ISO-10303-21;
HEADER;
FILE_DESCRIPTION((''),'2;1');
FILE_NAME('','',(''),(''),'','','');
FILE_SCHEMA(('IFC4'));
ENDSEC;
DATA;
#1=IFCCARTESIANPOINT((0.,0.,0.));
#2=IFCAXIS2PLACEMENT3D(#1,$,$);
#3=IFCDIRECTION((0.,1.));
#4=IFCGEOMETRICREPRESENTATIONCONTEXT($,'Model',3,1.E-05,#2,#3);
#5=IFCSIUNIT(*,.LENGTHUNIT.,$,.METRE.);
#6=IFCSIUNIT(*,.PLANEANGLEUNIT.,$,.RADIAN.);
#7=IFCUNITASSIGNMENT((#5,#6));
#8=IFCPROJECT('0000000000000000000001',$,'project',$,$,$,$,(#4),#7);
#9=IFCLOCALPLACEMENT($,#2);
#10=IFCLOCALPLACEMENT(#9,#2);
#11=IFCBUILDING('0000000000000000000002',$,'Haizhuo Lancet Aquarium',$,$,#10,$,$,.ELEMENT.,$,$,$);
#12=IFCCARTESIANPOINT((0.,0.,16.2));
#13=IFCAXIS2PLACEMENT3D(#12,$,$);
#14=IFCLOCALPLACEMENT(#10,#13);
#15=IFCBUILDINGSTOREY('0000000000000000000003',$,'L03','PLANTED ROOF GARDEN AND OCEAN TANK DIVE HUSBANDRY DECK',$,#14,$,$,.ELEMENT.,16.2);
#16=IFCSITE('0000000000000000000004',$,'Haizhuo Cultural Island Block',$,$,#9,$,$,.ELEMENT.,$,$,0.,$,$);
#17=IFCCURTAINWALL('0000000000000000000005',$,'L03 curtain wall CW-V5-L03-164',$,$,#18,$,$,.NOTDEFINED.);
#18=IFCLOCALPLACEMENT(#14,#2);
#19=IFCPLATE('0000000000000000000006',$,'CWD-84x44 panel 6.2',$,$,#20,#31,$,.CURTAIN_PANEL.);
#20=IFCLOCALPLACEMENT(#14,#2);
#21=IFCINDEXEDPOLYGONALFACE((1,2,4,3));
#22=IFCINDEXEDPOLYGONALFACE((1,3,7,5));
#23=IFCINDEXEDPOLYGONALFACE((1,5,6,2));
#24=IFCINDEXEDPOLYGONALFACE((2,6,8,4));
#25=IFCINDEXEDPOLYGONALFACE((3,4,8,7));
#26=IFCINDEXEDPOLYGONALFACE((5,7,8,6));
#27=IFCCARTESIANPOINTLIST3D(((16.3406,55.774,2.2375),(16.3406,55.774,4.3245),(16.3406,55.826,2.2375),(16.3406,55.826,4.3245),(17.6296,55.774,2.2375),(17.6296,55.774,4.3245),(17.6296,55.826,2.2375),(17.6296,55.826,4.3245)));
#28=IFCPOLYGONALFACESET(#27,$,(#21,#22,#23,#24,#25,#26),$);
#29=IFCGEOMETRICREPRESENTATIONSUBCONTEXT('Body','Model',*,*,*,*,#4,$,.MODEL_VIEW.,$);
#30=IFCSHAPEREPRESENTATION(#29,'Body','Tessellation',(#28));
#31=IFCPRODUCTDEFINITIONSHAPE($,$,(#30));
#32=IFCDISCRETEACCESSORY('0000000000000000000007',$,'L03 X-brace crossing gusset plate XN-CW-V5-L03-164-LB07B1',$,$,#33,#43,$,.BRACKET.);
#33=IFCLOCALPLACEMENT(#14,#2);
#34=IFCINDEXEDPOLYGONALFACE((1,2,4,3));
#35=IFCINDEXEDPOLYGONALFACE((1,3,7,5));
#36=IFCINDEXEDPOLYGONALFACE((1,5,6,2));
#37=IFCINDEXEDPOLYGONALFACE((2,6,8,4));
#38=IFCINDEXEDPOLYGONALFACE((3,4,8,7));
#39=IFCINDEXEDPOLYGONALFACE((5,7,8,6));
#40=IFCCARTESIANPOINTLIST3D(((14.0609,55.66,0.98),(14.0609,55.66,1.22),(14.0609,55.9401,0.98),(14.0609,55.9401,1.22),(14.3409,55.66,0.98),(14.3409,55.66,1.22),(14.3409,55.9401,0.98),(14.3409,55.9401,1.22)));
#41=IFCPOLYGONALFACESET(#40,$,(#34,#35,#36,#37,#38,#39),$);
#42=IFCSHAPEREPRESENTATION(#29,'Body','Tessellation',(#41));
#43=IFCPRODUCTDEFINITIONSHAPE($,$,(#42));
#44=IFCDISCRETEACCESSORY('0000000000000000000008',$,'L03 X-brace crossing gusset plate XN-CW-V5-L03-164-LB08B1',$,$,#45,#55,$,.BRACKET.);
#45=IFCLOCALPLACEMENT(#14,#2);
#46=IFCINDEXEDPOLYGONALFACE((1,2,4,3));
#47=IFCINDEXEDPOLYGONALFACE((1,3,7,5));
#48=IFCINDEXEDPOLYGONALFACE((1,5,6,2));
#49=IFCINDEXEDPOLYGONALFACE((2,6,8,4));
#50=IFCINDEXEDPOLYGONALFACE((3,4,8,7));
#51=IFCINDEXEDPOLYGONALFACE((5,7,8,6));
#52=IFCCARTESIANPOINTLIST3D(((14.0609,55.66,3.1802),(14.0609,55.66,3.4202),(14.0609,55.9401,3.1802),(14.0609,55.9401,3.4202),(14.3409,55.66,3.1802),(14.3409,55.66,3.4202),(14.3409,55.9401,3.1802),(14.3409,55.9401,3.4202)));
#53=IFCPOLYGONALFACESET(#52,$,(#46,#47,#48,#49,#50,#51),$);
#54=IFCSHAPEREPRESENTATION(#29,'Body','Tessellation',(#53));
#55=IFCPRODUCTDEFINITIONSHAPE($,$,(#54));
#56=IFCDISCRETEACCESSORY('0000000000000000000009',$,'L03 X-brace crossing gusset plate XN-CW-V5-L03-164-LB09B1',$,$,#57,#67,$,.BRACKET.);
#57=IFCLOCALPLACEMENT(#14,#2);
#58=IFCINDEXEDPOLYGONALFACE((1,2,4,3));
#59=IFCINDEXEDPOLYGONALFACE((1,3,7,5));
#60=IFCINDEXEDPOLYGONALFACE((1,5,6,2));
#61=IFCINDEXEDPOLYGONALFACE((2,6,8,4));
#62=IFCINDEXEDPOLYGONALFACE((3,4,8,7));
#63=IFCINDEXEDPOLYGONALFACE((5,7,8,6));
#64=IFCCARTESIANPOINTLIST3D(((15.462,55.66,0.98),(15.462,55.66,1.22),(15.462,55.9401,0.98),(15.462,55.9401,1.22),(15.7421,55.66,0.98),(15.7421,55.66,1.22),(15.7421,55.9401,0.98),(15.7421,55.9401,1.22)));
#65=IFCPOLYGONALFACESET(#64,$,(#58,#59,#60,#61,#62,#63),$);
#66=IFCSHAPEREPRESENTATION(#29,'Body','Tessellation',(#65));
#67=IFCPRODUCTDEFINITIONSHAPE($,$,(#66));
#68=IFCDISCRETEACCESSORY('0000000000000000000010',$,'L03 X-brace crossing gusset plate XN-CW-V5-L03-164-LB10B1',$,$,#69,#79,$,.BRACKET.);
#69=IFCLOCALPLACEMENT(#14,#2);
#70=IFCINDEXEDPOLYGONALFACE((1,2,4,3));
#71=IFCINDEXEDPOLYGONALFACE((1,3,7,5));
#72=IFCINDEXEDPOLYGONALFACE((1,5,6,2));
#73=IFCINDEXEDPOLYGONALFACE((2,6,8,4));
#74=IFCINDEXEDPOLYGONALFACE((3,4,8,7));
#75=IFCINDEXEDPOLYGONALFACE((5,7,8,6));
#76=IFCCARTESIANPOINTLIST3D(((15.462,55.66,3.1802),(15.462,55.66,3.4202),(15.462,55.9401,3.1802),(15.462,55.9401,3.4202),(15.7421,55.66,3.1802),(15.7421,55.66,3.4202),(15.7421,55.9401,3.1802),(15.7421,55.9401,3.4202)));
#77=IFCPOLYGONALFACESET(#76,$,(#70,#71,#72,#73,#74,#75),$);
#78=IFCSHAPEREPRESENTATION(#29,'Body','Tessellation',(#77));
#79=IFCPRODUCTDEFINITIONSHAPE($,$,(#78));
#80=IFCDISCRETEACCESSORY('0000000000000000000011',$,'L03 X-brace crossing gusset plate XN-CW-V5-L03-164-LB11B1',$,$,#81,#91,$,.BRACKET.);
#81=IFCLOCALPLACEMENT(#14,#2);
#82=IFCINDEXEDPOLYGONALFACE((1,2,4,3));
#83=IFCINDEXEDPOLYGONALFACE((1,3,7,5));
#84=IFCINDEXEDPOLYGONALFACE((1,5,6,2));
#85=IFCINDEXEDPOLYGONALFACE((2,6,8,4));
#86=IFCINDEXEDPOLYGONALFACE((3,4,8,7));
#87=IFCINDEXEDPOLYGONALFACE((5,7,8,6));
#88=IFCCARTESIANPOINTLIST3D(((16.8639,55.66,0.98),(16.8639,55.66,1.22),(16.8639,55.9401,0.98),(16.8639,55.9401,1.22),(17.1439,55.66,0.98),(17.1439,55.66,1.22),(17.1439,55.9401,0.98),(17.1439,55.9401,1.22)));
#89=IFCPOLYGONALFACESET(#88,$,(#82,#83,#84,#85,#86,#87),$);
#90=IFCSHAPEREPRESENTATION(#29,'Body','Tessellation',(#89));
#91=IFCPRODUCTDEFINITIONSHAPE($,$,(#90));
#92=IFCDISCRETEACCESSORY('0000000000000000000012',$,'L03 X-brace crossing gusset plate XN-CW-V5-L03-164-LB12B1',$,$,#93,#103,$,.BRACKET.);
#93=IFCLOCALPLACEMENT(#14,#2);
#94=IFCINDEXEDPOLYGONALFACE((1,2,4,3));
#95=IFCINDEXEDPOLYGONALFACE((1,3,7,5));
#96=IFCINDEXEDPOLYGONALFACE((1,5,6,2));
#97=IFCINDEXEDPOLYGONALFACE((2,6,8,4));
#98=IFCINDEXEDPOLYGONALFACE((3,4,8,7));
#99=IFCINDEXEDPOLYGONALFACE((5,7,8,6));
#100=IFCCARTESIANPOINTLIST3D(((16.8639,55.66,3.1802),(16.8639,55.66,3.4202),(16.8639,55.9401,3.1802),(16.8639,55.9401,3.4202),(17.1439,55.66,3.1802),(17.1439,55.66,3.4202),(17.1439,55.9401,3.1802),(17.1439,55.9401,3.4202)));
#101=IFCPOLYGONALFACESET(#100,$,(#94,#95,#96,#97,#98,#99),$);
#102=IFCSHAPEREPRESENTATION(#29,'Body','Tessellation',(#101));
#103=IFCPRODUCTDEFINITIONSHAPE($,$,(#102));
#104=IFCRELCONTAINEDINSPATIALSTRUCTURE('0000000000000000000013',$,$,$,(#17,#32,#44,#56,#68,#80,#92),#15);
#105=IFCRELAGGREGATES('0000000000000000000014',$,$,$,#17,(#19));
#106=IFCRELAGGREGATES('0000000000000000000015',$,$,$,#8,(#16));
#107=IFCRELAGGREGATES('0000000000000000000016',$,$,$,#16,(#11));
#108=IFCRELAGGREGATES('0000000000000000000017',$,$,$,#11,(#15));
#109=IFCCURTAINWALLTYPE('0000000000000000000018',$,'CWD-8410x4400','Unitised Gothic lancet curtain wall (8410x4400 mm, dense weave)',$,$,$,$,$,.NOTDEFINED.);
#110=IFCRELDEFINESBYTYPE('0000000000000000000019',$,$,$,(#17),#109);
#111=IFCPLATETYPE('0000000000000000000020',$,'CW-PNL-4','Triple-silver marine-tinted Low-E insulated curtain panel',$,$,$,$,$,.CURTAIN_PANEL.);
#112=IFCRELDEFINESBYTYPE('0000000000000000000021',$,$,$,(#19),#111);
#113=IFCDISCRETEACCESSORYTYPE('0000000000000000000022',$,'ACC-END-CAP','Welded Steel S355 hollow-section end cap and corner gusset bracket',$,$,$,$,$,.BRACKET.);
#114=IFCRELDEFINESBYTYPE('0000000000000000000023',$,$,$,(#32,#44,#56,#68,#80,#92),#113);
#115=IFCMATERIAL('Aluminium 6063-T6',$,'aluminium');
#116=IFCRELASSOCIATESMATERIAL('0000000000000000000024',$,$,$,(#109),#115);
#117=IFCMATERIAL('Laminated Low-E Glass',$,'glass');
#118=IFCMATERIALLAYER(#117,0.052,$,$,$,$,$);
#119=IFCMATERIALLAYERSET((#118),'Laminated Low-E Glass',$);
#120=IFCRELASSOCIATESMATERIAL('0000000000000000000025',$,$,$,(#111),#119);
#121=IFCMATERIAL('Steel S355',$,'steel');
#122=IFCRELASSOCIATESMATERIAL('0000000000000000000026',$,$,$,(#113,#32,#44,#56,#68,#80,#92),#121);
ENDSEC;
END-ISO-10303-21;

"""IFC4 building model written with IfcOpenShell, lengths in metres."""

from ifc_helpers import new_model, si_unit, direction, frame, origin, origin_2d, place, context, subcontext, project, spatial, rectangle, extrude, material, layer, layer_set, type_object, element, aggregate, save


model = new_model("IFC4")

# Units and contexts
model_context = context("Model", 3, precision=1e-05, world=origin(), true_north=direction((0.0, 1.0)))
body_context = subcontext(model_context, "Body", "Model", "MODEL_VIEW")
ifc_project = project(units=[si_unit("LENGTHUNIT", "METRE"), si_unit("PLANEANGLEUNIT", "RADIAN")], contexts=[model_context])

# Site, building, storey
site_placement = place(None, origin())
site = spatial("IfcSite", under=ifc_project, at=site_placement, Name="Haizhuo Cultural Island Block", CompositionType="ELEMENT", RefElevation=0.0)
building_placement = place(site_placement, origin())
building = spatial("IfcBuilding", under=site, at=building_placement, Name="Haizhuo Lancet Aquarium", CompositionType="ELEMENT")
storey_placement = place(building_placement, frame((0.0, 0.0, 16.2)))
storey = spatial("IfcBuildingStorey", under=building, at=storey_placement, Name="L03", Description="PLANTED ROOF GARDEN AND OCEAN TANK DIVE HUSBANDRY DECK", CompositionType="ELEMENT", Elevation=16.2)

# Curtain wall
ifc_material_1 = material(Name="Aluminium 6063-T6", Category="aluminium")
curtain_wall_type = type_object("IfcCurtainWallType", Name="CWD-8410x4400", Description="Unitised Gothic lancet curtain wall (8410x4400 mm, dense weave)", PredefinedType="NOTDEFINED", material=ifc_material_1)
curtain_wall_placement = place(storey_placement, origin())
curtain_wall = element("IfcCurtainWall", 1, at=curtain_wall_placement, inside=storey, type_object=curtain_wall_type, Name="L03 curtain wall CW-V5-L03-164", PredefinedType="NOTDEFINED")

# Shared definitions
ifc_material_2 = material(Name="Steel S355", Category="steel")

# Plate
ifc_material_3 = material(Name="Laminated Low-E Glass", Category="glass")
ifc_layer = layer(ifc_material_3, 0.052)
ifc_layer_set = layer_set([ifc_layer], Name="Laminated Low-E Glass")
plate_type = type_object("IfcPlateType", Name="CW-PNL-4", Description="Triple-silver marine-tinted Low-E insulated curtain panel", PredefinedType="CURTAIN_PANEL", material=ifc_layer_set)
plate_1_placement = place(storey_placement, frame((16.9851, 55.8, 2.2375), z_axis=(0.0, 0.0, 1.0), x_axis=(1.0, 0.0, 0.0)))
plate_1 = element("IfcPlate", 2, at=plate_1_placement, type_object=plate_type, Name="CWD-84x44 panel 6.2", PredefinedType="CURTAIN_PANEL", context=body_context, shape_type="SweptSolid", body=[
    extrude(rectangle(XDim=1.2891, YDim=0.052, at=origin_2d()), origin(), (0.0, 0.0, 1.0), 2.0869),
])
aggregate(curtain_wall, [plate_1])

# Discrete accessories
discrete_accessory_type = type_object("IfcDiscreteAccessoryType", Name="ACC-END-CAP", Description="Welded Steel S355 hollow-section end cap and corner gusset bracket", PredefinedType="BRACKET", material=ifc_material_2)
for number, where, z_axis, x_axis, name in (
    (3, (14.2009, 55.8, 0.98), (0.0, 0.0, 1.0), (1.0, 0.0, 0.0), "L03 X-brace crossing gusset plate XN-CW-V5-L03-164-LB07B1"),
    (4, (14.2009, 55.8, 3.1802), (0.0, 0.0, 1.0), (1.0, 0.0, 0.0), "L03 X-brace crossing gusset plate XN-CW-V5-L03-164-LB08B1"),
    (5, (15.6021, 55.8, 0.98), (0.0, 0.0, 1.0), (1.0, 0.0, 0.0), "L03 X-brace crossing gusset plate XN-CW-V5-L03-164-LB09B1"),
    (6, (15.6021, 55.8, 3.1802), (0.0, 0.0, 1.0), (1.0, 0.0, 0.0), "L03 X-brace crossing gusset plate XN-CW-V5-L03-164-LB10B1"),
    (7, (17.0039, 55.8, 0.98), (0.0, 0.0, 1.0), (1.0, 0.0, 0.0), "L03 X-brace crossing gusset plate XN-CW-V5-L03-164-LB11B1"),
    (8, (17.0039, 55.8, 3.1802), (0.0, 0.0, 1.0), (1.0, 0.0, 0.0), "L03 X-brace crossing gusset plate XN-CW-V5-L03-164-LB12B1"),
):
    element("IfcDiscreteAccessory", number, at=place(storey_placement, frame(where, z_axis=z_axis, x_axis=x_axis)), inside=storey, type_object=discrete_accessory_type, material=ifc_material_2, Name=name, PredefinedType="BRACKET", context=body_context, shape_type="SweptSolid", body=[
        extrude(rectangle(XDim=0.28, YDim=0.28, at=origin_2d()), origin(), (0.0, 0.0, 1.0), 0.24),
    ])

save(model, "model.ifc")
